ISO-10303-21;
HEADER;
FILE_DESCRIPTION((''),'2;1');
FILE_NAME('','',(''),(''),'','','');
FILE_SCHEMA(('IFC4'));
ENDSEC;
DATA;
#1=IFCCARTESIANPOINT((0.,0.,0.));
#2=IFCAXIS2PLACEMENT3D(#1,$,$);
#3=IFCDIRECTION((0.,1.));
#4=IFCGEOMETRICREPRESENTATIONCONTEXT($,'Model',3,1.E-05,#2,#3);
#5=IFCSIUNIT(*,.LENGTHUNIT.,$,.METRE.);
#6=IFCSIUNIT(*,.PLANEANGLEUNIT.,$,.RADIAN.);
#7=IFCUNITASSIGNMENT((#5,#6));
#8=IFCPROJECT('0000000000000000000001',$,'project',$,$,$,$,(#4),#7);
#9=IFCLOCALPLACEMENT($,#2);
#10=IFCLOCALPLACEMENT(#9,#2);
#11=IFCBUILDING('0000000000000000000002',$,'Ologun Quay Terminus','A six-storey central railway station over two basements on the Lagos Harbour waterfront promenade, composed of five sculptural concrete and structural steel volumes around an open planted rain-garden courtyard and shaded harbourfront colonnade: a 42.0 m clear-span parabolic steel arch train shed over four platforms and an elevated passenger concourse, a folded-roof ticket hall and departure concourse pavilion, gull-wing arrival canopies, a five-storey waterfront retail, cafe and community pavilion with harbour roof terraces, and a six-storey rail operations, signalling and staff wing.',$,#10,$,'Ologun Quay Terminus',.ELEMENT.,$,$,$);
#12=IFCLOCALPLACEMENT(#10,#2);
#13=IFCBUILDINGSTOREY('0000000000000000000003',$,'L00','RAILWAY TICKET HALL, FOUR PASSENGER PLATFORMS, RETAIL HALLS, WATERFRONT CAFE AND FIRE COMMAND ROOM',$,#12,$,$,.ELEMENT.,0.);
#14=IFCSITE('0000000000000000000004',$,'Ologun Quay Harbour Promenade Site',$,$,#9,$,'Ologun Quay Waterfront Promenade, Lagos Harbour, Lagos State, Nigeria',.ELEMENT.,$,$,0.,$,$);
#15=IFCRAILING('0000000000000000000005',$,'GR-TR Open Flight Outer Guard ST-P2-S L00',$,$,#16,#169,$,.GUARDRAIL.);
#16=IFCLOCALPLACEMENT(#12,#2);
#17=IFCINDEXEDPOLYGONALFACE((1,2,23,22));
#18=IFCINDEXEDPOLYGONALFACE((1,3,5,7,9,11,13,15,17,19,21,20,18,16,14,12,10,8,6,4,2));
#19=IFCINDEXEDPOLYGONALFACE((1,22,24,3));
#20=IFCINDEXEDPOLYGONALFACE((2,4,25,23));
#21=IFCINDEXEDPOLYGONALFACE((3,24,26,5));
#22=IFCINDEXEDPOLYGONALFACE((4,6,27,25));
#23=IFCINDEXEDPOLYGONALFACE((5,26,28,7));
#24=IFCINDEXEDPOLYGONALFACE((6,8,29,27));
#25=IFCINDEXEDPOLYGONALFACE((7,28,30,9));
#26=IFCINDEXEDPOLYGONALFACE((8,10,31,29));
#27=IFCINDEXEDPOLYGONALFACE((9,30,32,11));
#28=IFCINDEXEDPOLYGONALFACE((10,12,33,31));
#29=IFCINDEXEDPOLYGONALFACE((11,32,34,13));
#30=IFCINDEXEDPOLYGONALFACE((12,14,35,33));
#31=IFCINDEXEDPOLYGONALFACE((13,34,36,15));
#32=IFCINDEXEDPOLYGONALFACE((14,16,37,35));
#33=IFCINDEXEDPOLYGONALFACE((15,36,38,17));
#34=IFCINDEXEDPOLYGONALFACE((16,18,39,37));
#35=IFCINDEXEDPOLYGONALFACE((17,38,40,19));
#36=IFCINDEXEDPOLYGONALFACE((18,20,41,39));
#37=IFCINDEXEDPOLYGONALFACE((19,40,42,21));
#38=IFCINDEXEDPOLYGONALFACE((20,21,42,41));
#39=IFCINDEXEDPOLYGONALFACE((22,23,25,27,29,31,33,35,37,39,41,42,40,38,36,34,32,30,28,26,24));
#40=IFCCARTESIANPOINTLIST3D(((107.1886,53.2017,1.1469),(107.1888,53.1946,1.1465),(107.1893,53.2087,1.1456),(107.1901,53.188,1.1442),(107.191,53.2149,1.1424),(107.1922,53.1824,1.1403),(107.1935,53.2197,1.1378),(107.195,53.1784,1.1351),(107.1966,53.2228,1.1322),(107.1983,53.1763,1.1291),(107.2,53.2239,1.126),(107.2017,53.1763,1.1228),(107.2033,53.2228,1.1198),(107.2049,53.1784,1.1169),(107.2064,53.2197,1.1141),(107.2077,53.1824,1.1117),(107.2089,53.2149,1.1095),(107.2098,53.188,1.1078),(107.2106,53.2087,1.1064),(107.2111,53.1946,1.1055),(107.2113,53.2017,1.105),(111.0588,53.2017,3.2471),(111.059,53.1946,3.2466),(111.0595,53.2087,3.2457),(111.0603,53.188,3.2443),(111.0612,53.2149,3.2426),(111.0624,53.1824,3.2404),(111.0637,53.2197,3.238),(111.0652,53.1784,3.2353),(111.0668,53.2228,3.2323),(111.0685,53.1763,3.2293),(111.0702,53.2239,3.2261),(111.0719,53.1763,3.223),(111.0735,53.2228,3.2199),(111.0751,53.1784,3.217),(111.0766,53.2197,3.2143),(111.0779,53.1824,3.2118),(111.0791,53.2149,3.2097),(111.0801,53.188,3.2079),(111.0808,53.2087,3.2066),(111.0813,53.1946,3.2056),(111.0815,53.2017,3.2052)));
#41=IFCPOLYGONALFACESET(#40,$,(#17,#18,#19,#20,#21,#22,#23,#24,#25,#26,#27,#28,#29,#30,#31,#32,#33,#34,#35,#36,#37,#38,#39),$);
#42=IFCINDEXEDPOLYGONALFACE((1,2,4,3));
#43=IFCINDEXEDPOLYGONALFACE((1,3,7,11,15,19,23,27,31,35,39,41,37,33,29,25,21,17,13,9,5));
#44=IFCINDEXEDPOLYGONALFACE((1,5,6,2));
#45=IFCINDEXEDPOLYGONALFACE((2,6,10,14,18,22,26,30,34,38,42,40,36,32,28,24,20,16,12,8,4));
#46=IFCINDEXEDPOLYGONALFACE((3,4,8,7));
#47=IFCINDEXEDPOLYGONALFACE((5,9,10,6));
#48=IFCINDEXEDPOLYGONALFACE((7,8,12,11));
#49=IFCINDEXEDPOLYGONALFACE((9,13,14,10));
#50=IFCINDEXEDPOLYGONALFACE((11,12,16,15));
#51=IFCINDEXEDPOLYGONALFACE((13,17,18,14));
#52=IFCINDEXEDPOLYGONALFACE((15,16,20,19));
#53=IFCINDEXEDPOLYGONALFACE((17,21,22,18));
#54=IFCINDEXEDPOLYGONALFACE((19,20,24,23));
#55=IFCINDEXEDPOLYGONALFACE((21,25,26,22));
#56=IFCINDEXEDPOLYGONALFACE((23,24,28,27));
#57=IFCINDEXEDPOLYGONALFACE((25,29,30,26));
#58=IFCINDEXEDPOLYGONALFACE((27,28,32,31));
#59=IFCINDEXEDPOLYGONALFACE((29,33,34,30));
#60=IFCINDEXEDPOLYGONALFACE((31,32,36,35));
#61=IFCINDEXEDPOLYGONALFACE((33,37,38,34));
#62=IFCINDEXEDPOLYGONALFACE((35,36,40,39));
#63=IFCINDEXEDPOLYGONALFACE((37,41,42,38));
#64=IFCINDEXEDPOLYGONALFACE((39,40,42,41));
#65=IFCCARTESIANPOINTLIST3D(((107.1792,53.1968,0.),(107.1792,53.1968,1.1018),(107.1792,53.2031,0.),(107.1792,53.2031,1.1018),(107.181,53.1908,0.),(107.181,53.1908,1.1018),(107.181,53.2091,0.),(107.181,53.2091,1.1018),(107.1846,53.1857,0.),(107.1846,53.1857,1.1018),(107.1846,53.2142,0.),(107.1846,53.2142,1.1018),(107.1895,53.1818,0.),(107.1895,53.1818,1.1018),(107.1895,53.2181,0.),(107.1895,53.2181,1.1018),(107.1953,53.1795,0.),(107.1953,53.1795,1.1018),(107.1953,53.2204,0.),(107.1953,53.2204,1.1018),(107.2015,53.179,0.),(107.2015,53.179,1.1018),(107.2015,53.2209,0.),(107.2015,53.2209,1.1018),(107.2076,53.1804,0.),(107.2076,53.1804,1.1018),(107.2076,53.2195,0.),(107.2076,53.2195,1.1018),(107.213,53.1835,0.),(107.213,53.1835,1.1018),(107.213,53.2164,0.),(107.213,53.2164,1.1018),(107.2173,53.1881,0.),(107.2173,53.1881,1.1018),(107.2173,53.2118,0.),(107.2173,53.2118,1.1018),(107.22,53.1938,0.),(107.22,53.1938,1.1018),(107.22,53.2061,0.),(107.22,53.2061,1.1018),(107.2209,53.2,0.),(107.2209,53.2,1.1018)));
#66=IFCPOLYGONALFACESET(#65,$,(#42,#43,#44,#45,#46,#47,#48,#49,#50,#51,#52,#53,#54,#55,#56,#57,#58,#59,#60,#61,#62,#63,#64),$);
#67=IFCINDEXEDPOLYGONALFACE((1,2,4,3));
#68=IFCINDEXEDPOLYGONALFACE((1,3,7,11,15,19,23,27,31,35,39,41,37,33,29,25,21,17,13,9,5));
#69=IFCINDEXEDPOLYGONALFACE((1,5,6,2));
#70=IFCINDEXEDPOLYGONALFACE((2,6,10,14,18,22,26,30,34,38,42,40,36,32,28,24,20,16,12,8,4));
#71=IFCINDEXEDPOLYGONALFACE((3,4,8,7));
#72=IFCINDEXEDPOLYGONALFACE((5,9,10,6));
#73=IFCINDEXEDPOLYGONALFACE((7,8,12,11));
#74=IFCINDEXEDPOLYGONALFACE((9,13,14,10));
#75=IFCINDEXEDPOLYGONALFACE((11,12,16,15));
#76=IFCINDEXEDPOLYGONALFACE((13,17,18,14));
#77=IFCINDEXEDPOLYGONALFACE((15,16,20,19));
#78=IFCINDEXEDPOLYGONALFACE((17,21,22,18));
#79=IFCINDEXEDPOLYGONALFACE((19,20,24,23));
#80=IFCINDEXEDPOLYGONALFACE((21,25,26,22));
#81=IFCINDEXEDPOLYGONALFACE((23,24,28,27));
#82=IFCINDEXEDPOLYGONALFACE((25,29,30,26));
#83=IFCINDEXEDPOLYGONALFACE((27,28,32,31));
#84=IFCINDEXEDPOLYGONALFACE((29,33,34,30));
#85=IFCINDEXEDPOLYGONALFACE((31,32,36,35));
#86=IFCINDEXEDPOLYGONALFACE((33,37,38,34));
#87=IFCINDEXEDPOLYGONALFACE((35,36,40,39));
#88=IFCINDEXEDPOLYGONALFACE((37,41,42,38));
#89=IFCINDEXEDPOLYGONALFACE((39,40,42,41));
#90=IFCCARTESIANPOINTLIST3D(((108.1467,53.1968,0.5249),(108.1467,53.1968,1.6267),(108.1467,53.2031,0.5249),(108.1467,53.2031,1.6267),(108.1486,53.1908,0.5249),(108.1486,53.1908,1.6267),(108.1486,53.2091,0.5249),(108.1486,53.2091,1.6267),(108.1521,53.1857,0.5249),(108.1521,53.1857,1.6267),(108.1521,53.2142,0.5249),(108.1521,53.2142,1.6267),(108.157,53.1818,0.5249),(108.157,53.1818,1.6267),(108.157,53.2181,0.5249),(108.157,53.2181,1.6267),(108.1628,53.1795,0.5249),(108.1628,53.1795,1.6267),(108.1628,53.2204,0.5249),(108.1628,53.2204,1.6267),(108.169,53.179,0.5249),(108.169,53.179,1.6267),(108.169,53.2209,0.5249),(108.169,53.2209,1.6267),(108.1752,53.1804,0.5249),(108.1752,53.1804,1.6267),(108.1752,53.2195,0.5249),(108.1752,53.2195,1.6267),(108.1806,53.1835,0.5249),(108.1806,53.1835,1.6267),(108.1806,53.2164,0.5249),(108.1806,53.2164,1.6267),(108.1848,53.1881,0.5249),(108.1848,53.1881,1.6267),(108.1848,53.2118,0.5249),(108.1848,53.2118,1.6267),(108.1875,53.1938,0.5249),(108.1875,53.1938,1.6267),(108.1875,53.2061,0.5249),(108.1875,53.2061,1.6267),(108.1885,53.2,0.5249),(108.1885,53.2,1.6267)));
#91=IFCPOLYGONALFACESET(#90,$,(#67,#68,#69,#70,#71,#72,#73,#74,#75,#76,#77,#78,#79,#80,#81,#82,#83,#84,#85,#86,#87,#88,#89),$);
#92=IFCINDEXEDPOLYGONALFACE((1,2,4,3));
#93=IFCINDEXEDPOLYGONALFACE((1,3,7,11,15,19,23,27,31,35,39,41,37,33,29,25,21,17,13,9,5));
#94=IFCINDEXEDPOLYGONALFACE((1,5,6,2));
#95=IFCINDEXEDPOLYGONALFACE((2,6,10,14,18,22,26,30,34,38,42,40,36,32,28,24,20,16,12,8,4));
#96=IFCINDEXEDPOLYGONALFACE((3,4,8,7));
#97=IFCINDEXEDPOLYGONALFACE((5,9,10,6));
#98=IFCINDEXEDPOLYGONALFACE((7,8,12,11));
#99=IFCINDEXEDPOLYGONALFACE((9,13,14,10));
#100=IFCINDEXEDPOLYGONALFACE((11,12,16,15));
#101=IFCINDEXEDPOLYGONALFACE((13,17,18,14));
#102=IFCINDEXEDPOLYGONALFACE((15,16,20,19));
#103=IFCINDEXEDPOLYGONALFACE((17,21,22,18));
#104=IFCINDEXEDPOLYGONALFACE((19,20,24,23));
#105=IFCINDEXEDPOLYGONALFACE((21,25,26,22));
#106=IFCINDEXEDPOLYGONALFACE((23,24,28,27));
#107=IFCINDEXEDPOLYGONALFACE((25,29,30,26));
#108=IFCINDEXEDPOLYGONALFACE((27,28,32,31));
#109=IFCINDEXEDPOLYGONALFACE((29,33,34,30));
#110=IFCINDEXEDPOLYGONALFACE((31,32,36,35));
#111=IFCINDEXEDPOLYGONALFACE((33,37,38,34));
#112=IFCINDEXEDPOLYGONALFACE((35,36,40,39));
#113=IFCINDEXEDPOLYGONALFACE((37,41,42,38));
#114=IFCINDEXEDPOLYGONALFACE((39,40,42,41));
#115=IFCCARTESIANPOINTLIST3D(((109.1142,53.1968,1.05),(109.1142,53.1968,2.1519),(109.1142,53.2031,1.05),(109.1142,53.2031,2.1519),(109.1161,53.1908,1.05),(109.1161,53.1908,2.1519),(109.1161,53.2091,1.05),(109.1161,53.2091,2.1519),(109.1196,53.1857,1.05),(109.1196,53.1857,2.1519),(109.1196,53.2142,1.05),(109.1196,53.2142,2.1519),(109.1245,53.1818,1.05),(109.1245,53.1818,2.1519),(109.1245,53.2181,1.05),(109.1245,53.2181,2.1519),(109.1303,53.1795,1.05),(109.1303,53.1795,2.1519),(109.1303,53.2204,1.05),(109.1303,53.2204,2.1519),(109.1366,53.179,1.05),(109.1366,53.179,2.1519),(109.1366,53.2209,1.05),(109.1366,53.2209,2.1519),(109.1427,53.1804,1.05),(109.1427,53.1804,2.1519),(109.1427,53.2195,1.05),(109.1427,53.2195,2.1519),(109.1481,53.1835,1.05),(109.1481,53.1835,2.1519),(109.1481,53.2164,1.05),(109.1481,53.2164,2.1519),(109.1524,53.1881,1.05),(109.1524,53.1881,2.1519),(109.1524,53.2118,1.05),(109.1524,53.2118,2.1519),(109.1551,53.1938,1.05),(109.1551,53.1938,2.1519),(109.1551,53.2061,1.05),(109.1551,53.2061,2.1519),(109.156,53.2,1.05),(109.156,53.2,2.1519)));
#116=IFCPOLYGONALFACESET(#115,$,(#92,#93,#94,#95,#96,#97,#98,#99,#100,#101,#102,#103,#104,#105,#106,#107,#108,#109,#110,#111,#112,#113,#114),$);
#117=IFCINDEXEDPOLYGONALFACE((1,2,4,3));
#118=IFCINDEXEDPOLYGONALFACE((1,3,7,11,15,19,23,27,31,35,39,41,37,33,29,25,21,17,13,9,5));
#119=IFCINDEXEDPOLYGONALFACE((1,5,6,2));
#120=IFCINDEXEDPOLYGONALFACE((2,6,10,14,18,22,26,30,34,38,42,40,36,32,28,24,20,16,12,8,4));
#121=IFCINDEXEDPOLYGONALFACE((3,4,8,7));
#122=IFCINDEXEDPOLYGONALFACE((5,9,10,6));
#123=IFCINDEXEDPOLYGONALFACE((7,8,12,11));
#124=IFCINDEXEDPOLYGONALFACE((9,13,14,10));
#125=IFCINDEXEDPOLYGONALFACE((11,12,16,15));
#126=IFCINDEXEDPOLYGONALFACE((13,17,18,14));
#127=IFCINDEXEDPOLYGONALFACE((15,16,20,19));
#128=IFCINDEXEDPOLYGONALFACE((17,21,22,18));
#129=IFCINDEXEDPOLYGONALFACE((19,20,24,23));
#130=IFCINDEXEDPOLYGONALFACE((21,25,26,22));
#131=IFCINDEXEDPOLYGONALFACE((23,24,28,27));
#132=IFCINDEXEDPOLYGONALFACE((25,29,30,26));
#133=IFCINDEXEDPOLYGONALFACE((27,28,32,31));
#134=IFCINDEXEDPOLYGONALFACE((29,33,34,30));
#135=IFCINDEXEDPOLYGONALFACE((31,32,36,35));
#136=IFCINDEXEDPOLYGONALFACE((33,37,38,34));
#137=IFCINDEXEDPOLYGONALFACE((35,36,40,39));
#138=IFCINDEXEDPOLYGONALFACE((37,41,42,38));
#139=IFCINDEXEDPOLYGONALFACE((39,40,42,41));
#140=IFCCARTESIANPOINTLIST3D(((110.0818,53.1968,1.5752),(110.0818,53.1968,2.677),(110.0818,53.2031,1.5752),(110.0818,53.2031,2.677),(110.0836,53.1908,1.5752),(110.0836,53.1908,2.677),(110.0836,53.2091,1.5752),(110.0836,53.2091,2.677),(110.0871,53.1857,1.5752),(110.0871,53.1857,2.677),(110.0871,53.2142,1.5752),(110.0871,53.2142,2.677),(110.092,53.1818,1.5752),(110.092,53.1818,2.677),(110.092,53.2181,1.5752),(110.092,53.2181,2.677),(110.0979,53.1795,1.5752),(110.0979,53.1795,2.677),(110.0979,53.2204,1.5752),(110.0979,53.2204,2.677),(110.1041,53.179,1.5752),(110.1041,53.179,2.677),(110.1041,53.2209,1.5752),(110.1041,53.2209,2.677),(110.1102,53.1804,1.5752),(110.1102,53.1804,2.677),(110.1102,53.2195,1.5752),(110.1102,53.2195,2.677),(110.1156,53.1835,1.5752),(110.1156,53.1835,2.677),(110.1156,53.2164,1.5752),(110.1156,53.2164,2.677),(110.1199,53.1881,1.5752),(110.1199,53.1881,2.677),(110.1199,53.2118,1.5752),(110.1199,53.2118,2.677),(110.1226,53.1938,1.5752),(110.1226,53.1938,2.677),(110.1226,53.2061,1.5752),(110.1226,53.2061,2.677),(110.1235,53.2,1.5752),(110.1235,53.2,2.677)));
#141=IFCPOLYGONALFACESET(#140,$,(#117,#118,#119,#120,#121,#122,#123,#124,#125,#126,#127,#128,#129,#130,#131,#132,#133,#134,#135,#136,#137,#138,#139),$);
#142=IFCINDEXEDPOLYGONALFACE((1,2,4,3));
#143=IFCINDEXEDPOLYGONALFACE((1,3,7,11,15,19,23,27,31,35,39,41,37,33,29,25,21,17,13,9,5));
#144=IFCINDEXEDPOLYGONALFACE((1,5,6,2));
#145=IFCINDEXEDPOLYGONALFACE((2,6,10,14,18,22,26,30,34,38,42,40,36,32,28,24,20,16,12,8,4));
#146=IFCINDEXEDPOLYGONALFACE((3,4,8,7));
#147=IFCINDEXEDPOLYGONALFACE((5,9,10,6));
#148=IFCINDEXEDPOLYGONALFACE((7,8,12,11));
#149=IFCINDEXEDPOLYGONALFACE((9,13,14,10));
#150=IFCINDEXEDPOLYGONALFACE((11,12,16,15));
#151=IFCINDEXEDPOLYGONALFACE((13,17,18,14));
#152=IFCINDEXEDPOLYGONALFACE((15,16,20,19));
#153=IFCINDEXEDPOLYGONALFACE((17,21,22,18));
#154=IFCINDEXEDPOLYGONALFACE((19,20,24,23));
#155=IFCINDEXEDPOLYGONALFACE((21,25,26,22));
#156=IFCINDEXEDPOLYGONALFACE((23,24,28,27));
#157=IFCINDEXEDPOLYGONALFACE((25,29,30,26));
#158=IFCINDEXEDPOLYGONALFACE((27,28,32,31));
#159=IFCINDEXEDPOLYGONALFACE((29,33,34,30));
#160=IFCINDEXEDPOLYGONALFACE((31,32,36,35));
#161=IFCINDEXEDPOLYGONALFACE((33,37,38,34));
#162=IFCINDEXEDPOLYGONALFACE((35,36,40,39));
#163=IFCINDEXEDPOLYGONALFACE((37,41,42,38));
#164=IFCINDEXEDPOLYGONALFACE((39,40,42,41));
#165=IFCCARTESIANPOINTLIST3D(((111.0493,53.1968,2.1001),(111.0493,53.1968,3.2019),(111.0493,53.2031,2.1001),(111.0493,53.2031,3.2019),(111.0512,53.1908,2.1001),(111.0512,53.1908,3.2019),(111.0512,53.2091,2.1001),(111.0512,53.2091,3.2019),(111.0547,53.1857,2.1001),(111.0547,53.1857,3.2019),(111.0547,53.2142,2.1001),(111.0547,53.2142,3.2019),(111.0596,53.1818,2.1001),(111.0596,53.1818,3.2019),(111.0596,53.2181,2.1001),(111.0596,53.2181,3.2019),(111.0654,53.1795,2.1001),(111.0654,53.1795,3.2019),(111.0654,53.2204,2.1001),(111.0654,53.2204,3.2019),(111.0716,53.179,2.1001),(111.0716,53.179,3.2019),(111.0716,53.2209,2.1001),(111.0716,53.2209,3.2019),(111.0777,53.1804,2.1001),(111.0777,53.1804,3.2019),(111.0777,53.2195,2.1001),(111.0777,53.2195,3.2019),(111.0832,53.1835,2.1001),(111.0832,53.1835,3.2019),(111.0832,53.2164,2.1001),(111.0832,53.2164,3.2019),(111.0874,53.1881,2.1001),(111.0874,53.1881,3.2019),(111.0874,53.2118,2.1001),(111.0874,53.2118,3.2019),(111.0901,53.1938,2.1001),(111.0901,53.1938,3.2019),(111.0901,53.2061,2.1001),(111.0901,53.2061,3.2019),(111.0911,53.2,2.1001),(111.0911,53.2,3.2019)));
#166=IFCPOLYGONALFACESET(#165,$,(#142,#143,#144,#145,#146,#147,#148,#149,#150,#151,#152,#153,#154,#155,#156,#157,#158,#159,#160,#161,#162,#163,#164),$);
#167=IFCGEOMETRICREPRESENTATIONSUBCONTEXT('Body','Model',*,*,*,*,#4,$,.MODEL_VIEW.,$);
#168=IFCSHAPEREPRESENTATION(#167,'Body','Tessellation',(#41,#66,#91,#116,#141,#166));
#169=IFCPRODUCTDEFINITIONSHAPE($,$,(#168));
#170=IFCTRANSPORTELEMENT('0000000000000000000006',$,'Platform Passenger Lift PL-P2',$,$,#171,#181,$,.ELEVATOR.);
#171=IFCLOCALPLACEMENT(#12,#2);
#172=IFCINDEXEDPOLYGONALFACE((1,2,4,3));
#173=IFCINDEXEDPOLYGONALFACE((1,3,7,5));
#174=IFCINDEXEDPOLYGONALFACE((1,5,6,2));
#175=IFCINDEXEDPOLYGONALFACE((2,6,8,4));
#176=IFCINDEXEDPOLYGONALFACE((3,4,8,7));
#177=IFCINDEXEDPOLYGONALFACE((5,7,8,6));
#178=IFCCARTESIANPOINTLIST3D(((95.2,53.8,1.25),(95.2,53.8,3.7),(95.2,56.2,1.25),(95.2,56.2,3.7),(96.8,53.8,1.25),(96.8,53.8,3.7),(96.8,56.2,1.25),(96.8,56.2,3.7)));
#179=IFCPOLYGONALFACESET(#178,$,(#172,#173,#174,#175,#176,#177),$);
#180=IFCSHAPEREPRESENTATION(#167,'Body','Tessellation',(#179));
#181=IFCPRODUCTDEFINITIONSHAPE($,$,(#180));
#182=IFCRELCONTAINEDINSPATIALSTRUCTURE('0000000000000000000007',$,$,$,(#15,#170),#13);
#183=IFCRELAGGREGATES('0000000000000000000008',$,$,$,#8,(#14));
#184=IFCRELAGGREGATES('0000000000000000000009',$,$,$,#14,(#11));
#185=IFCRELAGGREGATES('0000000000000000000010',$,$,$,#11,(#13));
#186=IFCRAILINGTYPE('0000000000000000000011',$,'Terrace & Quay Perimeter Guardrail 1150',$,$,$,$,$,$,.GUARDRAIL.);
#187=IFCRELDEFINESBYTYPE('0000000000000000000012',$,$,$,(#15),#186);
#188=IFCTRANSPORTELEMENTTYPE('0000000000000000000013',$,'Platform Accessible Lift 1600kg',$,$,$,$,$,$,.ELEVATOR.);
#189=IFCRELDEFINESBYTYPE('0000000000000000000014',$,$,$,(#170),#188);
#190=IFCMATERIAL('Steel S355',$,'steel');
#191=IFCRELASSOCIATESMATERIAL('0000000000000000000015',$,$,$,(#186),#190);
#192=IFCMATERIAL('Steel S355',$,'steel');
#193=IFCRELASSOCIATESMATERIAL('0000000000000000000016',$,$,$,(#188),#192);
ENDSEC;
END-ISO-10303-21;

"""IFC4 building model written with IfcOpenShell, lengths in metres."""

from ifc_helpers import new_model, si_unit, direction, frame, origin, origin_2d, place, context, subcontext, project, spatial, rectangle, circle, extrude, material, type_object, element, save


model = new_model("IFC4")

# Units and contexts
model_context = context("Model", 3, precision=1e-05, world=origin(), true_north=direction((0.0, 1.0)))
body_context = subcontext(model_context, "Body", "Model", "MODEL_VIEW")
ifc_project = project(units=[si_unit("LENGTHUNIT", "METRE"), si_unit("PLANEANGLEUNIT", "RADIAN")], contexts=[model_context])

# Site, building, storey
site_placement = place(None, origin())
site = spatial("IfcSite", under=ifc_project, at=site_placement, Name="Ologun Quay Harbour Promenade Site", LongName="Ologun Quay Waterfront Promenade, Lagos Harbour, Lagos State, Nigeria", CompositionType="ELEMENT", RefElevation=0.0)
building_placement = place(site_placement, origin())
building = spatial("IfcBuilding", under=site, at=building_placement, Name="Ologun Quay Terminus", Description="A six-storey central railway station over two basements on the Lagos Harbour waterfront promenade, composed of five sculptural concrete and structural steel volumes around an open planted rain-garden courtyard and shaded harbourfront colonnade: a 42.0 m clear-span parabolic steel arch train shed over four platforms and an elevated passenger concourse, a folded-roof ticket hall and departure concourse pavilion, gull-wing arrival canopies, a five-storey waterfront retail, cafe and community pavilion with harbour roof terraces, and a six-storey rail operations, signalling and staff wing.", LongName="Ologun Quay Terminus", CompositionType="ELEMENT")
storey_placement = place(building_placement, origin())
storey = spatial("IfcBuildingStorey", under=building, at=storey_placement, Name="L00", Description="RAILWAY TICKET HALL, FOUR PASSENGER PLATFORMS, RETAIL HALLS, WATERFRONT CAFE AND FIRE COMMAND ROOM", CompositionType="ELEMENT", Elevation=0.0)

# Railing
ifc_material_1 = material(Name="Steel S355", Category="steel")
railing_type_1 = type_object("IfcRailingType", Name="Terrace & Quay Perimeter Guardrail 1150", PredefinedType="GUARDRAIL", material=ifc_material_1)
railing_1_placement = place(storey_placement, frame((107.2, 53.2, 0.0)))
element("IfcRailing", 1, at=railing_1_placement, inside=storey, type_object=railing_type_1, Name="GR-TR Open Flight Outer Guard ST-P2-S L00", PredefinedType="GUARDRAIL", context=body_context, shape_type="SweptSolid", body=[
    extrude(circle(Radius=0.0239, at=origin_2d()), frame((0.0, 0.0, 1.126), z_axis=(0.878932, 0.0, 0.476947), x_axis=(0.0, 1.0, 0.0)), (0.0, 0.0, 1.0), 4.4033),
    extrude(circle(Radius=0.021, at=origin_2d()), origin(), (0.0, 0.0, 1.0), 1.1018),
    extrude(circle(Radius=0.021, at=origin_2d()), frame((0.9675, 0.0, 0.5249)), (0.0, 0.0, 1.0), 1.1018),
    extrude(circle(Radius=0.021, at=origin_2d()), frame((1.9351, 0.0, 1.05)), (0.0, 0.0, 1.0), 1.1018),
    extrude(circle(Radius=0.021, at=origin_2d()), frame((2.9026, 0.0, 1.5752)), (0.0, 0.0, 1.0), 1.1018),
    extrude(circle(Radius=0.021, at=origin_2d()), frame((3.8701, 0.0, 2.1001)), (0.0, 0.0, 1.0), 1.1018),
])

# Transport element
ifc_material_2 = material(Name="Steel S355", Category="steel")
transport_element_type = type_object("IfcTransportElementType", Name="Platform Accessible Lift 1600kg", PredefinedType="ELEVATOR", material=ifc_material_2)
transport_element_placement = place(storey_placement, frame((96.0, 55.0, 1.25), z_axis=(0.0, 0.0, 1.0), x_axis=(1.0, 0.0, 0.0)))
element("IfcTransportElement", 2, at=transport_element_placement, inside=storey, type_object=transport_element_type, Name="Platform Passenger Lift PL-P2", PredefinedType="ELEVATOR", context=body_context, shape_type="SweptSolid", body=[
    extrude(rectangle(XDim=1.6001, YDim=2.3999, at=origin_2d()), origin(), (0.0, 0.0, 1.0), 2.45),
])

save(model, "model.ifc")
